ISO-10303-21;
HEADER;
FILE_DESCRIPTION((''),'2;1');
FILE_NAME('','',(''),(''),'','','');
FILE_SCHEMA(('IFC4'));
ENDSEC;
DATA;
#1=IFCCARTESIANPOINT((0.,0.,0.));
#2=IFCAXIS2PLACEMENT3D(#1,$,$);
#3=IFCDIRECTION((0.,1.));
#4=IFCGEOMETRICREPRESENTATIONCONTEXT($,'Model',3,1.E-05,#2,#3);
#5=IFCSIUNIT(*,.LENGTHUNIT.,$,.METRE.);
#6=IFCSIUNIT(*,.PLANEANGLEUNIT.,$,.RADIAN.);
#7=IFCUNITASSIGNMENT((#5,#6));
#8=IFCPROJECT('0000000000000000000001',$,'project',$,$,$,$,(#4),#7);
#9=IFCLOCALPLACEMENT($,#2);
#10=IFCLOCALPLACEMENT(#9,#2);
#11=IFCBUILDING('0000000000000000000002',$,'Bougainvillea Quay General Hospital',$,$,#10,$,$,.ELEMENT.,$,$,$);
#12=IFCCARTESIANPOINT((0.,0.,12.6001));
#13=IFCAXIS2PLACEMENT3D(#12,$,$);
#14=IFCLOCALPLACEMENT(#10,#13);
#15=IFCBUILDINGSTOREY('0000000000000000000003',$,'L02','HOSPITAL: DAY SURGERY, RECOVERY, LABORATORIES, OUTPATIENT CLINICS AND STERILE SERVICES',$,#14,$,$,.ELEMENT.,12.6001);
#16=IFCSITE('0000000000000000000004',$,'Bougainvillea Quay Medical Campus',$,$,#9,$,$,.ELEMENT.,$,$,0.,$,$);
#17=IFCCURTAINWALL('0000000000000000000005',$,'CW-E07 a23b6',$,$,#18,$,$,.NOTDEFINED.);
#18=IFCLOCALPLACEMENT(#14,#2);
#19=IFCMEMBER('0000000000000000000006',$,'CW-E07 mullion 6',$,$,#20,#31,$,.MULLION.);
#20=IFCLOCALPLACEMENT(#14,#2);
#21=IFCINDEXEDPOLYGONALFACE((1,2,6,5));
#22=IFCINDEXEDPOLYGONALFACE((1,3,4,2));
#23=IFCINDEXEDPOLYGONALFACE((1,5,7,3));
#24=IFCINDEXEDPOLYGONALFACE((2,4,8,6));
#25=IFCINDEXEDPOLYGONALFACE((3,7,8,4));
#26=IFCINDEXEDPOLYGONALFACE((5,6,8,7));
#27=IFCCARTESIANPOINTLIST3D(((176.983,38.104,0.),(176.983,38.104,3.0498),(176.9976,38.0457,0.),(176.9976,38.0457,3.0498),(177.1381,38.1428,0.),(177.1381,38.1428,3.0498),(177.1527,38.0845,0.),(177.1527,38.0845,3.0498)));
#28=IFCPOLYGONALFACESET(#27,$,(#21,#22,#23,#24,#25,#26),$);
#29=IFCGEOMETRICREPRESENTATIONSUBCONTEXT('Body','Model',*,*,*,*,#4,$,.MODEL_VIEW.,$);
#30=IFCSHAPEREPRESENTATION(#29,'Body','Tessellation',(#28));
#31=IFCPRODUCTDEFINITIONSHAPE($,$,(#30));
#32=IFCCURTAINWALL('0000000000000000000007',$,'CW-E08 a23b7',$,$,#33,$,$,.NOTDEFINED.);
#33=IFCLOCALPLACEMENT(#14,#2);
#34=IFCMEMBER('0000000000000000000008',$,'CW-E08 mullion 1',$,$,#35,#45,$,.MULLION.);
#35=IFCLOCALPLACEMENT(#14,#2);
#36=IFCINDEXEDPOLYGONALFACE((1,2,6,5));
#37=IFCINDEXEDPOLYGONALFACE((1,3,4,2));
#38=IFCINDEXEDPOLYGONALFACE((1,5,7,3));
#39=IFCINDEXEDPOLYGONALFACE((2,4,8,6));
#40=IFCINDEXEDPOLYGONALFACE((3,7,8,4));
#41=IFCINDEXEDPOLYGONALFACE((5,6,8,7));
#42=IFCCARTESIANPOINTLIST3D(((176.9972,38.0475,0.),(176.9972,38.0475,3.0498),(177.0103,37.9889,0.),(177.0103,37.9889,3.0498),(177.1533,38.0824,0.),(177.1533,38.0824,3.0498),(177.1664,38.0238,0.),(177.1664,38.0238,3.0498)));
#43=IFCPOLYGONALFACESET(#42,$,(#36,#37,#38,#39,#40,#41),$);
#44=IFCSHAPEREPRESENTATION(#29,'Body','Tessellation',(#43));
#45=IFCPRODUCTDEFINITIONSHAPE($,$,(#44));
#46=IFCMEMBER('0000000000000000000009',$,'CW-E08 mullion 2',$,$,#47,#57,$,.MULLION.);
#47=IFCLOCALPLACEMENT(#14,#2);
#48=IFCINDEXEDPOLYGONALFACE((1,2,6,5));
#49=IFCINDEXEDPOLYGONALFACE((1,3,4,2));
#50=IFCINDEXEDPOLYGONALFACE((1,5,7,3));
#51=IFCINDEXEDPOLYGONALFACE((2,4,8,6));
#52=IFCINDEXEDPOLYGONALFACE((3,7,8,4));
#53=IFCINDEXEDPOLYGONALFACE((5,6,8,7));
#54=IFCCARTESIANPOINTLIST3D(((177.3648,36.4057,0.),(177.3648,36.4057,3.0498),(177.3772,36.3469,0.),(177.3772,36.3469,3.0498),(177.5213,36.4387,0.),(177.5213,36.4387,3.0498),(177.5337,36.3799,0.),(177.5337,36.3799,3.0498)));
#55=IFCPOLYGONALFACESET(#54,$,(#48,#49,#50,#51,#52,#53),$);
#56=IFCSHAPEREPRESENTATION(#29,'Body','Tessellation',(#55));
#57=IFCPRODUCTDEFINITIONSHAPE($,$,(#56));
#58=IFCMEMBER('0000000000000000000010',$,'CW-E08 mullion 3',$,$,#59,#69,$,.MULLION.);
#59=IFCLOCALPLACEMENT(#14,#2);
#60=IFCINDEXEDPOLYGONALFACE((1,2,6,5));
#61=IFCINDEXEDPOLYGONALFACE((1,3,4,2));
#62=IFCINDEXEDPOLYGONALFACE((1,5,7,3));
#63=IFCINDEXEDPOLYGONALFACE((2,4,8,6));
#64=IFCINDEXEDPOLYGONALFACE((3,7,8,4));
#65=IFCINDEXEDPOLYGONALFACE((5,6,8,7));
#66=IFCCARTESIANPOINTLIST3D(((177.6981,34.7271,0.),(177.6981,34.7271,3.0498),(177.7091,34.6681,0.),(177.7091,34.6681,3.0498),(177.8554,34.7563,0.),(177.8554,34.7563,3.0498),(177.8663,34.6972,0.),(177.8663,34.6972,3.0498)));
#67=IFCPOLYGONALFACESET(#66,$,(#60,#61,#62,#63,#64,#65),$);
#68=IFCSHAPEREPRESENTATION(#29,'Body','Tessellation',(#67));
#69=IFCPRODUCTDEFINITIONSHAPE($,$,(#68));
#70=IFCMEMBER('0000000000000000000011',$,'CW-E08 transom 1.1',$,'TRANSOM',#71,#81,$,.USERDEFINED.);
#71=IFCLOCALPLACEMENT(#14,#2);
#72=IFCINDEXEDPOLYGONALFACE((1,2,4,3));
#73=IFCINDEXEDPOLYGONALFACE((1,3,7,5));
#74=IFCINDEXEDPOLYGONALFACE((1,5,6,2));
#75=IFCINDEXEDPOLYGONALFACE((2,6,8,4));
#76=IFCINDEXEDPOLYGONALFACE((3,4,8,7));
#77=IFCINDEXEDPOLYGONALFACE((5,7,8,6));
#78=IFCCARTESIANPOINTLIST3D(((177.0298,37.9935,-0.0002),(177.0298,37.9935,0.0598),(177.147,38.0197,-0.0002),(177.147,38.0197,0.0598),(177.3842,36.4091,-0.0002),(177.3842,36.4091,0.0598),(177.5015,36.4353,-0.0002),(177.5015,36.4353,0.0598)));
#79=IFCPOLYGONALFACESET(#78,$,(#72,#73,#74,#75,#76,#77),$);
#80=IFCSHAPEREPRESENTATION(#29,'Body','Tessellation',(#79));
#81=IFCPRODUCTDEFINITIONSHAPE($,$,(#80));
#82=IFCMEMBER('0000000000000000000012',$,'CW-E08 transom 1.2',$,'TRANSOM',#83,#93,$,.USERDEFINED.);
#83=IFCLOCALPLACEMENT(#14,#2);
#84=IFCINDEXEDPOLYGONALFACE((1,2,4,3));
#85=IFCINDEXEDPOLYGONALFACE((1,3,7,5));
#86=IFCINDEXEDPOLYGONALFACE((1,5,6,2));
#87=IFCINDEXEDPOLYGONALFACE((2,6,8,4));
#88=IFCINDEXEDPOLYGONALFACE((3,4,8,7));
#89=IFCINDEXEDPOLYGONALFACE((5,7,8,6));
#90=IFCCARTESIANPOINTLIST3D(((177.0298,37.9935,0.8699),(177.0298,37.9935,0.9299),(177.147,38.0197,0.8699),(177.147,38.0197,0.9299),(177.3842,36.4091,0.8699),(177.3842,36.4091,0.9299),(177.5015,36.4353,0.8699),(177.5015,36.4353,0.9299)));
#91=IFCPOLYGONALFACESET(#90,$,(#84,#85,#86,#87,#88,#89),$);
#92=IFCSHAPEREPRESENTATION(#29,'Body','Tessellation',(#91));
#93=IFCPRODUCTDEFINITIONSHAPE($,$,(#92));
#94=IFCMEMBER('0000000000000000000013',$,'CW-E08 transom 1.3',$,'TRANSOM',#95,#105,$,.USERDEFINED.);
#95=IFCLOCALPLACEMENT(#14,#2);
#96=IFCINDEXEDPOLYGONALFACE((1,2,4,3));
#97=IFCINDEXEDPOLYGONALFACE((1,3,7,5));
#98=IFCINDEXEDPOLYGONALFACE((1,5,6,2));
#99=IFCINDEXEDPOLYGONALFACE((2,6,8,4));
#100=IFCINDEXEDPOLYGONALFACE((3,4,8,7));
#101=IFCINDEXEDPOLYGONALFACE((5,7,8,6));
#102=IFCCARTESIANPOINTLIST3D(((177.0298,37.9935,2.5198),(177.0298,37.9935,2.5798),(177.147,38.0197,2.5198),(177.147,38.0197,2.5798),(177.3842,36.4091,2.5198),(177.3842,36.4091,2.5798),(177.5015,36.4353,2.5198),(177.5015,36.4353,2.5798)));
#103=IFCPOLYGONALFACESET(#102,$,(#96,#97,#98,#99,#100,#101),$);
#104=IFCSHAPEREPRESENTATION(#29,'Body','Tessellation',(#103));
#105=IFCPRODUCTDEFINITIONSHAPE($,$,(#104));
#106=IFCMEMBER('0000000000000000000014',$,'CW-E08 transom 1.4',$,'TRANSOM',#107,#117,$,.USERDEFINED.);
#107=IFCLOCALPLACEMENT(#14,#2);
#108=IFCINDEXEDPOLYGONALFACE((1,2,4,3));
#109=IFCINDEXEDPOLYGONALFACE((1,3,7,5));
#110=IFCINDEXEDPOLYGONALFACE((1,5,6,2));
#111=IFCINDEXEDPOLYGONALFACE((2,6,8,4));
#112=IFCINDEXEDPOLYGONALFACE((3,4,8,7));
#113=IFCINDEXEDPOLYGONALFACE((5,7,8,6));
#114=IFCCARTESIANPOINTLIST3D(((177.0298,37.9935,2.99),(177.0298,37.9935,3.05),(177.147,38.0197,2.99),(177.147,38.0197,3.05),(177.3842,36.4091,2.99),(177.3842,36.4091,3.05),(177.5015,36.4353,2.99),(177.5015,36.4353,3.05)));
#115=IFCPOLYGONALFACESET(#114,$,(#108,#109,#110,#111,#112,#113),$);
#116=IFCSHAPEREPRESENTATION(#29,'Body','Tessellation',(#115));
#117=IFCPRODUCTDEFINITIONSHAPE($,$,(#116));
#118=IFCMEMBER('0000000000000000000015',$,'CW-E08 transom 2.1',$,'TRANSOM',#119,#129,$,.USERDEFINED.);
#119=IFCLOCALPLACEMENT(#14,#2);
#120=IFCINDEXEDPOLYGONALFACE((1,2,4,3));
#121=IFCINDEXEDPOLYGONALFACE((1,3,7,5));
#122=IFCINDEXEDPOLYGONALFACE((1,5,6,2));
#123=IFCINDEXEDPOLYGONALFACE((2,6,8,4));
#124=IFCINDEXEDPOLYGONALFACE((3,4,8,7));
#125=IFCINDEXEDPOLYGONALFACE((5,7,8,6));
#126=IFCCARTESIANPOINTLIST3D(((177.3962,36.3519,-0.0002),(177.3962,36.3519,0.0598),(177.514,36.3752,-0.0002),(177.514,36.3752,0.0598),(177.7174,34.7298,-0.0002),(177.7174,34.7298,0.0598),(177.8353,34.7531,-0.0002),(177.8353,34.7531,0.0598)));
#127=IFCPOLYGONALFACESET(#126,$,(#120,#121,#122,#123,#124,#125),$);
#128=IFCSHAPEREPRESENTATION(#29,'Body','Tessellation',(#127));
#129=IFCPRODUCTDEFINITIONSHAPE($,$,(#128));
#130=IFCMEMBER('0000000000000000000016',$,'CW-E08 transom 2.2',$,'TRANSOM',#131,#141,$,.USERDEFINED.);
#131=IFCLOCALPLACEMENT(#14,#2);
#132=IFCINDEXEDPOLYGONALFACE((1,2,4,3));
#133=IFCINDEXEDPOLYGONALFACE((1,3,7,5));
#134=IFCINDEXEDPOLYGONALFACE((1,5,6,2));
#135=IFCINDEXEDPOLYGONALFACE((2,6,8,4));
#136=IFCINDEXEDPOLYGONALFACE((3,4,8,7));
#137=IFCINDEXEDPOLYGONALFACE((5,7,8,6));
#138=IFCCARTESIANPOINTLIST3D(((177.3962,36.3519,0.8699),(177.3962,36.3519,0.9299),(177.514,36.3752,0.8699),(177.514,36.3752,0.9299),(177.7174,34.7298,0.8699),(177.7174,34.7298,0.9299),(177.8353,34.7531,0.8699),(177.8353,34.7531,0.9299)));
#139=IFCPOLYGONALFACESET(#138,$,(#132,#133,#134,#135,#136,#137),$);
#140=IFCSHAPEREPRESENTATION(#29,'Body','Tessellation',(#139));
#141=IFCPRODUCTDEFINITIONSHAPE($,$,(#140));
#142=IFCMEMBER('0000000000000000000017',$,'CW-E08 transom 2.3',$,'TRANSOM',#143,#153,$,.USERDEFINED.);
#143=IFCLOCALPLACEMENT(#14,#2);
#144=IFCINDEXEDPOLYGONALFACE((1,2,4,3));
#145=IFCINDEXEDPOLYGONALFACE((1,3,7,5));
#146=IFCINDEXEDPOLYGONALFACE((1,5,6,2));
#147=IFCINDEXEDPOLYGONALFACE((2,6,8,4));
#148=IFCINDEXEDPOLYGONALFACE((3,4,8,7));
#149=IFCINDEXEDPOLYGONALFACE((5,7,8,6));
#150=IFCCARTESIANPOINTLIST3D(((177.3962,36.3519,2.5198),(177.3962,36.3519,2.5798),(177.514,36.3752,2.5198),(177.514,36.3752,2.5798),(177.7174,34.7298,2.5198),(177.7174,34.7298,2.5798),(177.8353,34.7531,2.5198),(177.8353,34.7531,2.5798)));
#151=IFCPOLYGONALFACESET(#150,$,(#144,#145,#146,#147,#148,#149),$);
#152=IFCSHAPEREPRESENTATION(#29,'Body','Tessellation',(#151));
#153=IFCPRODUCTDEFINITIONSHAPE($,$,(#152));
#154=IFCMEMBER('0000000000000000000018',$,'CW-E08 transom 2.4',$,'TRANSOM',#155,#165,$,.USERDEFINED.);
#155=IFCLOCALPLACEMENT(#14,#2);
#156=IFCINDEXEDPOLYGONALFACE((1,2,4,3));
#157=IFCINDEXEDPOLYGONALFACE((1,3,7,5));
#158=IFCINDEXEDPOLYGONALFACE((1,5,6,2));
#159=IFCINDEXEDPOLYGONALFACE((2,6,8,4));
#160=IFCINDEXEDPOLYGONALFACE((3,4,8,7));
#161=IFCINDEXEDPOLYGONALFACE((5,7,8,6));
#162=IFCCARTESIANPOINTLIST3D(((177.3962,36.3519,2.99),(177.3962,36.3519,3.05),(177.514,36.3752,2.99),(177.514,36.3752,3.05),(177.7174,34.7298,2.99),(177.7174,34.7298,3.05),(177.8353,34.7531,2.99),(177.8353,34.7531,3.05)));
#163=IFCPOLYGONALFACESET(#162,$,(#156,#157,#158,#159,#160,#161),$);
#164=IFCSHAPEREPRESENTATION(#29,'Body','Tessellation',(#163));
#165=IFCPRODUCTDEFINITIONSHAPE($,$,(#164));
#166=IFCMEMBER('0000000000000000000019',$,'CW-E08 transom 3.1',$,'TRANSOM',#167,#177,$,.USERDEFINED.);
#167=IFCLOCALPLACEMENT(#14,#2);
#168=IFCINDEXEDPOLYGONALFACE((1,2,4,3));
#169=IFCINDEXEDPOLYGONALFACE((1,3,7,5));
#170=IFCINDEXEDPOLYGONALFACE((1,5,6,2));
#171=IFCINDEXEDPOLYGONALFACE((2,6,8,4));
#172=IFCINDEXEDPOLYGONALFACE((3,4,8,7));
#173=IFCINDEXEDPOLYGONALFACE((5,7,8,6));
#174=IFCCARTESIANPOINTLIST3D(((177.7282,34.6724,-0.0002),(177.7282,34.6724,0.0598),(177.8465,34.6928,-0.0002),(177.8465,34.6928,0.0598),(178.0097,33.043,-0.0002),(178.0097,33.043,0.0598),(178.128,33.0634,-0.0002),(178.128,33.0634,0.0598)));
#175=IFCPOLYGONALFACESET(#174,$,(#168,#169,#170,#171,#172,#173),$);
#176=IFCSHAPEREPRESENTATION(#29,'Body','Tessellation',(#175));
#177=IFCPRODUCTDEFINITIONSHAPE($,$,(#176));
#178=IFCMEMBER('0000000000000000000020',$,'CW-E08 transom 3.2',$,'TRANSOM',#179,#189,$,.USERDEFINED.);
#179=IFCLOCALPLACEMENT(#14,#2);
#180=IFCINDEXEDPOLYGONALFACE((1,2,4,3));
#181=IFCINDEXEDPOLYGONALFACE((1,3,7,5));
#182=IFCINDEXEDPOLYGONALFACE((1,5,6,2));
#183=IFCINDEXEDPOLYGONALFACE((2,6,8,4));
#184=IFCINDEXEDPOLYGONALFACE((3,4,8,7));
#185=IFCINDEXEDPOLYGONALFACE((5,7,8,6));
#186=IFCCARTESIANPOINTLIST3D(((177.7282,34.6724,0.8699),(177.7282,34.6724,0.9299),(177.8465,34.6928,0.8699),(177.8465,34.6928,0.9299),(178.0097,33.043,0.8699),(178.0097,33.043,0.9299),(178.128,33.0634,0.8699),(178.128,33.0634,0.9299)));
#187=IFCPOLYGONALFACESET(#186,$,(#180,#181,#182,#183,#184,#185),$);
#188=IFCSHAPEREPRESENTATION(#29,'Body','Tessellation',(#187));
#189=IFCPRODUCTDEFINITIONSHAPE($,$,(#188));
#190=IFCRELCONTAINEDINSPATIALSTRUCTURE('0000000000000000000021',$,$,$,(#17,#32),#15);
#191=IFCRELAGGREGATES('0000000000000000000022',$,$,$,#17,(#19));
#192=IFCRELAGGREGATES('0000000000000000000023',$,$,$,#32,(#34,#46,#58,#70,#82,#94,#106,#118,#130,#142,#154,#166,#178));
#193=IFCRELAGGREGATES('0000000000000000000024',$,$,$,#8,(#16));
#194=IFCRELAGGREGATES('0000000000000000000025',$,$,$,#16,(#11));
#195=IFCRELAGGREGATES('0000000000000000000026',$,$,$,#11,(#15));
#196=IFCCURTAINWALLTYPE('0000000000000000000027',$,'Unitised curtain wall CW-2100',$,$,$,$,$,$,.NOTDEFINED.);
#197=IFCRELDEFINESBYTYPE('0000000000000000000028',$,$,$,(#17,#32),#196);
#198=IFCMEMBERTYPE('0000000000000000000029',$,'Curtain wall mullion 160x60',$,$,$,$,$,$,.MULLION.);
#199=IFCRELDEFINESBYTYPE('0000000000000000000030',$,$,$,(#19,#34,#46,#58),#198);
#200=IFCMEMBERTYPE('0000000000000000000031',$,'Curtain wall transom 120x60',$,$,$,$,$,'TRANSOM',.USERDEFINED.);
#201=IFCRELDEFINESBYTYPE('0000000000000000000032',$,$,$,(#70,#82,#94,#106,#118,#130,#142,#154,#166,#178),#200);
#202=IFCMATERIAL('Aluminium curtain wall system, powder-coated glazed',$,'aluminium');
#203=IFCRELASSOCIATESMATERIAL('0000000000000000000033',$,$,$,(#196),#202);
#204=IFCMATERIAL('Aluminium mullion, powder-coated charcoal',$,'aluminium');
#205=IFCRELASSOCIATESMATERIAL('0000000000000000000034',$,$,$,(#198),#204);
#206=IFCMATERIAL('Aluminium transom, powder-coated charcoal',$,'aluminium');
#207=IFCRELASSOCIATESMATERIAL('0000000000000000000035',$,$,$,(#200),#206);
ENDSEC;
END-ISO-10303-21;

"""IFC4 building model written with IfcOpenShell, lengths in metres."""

from ifc_helpers import new_model, si_unit, direction, frame, origin, origin_2d, place, context, subcontext, project, spatial, rectangle, extrude, material, material_profile, profile_set, type_object, element, aggregate, save


model = new_model("IFC4")

# Units and contexts
model_context = context("Model", 3, precision=1e-05, world=origin(), true_north=direction((0.0, 1.0)))
body_context = subcontext(model_context, "Body", "Model", "MODEL_VIEW")
ifc_project = project(units=[si_unit("LENGTHUNIT", "METRE"), si_unit("PLANEANGLEUNIT", "RADIAN")], contexts=[model_context])

# Site, building, storey
site_placement = place(None, origin())
site = spatial("IfcSite", under=ifc_project, at=site_placement, Name="Bougainvillea Quay Medical Campus", CompositionType="ELEMENT", RefElevation=0.0)
building_placement = place(site_placement, origin())
building = spatial("IfcBuilding", under=site, at=building_placement, Name="Bougainvillea Quay General Hospital", CompositionType="ELEMENT")
storey_placement = place(building_placement, frame((0.0, 0.0, 12.6001)))
storey = spatial("IfcBuildingStorey", under=building, at=storey_placement, Name="L02", Description="HOSPITAL: DAY SURGERY, RECOVERY, LABORATORIES, OUTPATIENT CLINICS AND STERILE SERVICES", CompositionType="ELEMENT", Elevation=12.6001)

# Curtain wall, member
ifc_material_1 = material(Name="Aluminium curtain wall system, powder-coated glazed", Category="aluminium")
curtain_wall_type = type_object("IfcCurtainWallType", Name="Unitised curtain wall CW-2100", PredefinedType="NOTDEFINED", material=ifc_material_1)
curtain_wall_1_placement = place(storey_placement, origin())
curtain_wall_1 = element("IfcCurtainWall", 1, at=curtain_wall_1_placement, inside=storey, type_object=curtain_wall_type, Name="CW-E07 a23b6", PredefinedType="NOTDEFINED")
ifc_material_2 = material(Name="Aluminium mullion, powder-coated charcoal", Category="aluminium")
ifc_material_profile_1 = material_profile(ifc_material_2, rectangle(XDim=0.1599, YDim=0.0601, at=origin_2d()))
ifc_profile_set_1 = profile_set([ifc_material_profile_1], Name="Aluminium mullion, powder-coated charcoal")
member_type_1 = type_object("IfcMemberType", Name="Curtain wall mullion 160x60", PredefinedType="MULLION", material=ifc_profile_set_1)
member_1_placement = place(storey_placement, frame((177.0679, 38.0942, 0.0), z_axis=(0.0, 0.0, 1.0), x_axis=(0.970096, 0.242721, 0.0)))
member_1 = element("IfcMember", 2, at=member_1_placement, type_object=member_type_1, Name="CW-E07 mullion 6", PredefinedType="MULLION", context=body_context, shape_type="SweptSolid", body=[
    extrude(rectangle(XDim=0.1599, YDim=0.0601, at=origin_2d()), origin(), (0.0, 0.0, 1.0), 3.0498),
])
aggregate(curtain_wall_1, [member_1])

# Curtain wall, members
curtain_wall_2_placement = place(storey_placement, origin())
curtain_wall_2 = element("IfcCurtainWall", 3, at=curtain_wall_2_placement, inside=storey, type_object=curtain_wall_type, Name="CW-E08 a23b7", PredefinedType="NOTDEFINED")
member_2_placement = place(storey_placement, frame((177.0818, 38.0356, 0.0), z_axis=(0.0, 0.0, 1.0), x_axis=(0.97587, 0.218351, 0.0)))
member_2 = element("IfcMember", 4, at=member_2_placement, type_object=member_type_1, Name="CW-E08 mullion 1", PredefinedType="MULLION", context=body_context, shape_type="SweptSolid", body=[
    extrude(rectangle(XDim=0.1599, YDim=0.0601, at=origin_2d()), origin(), (0.0, 0.0, 1.0), 3.0498),
])
member_3_placement = place(storey_placement, frame((177.4492, 36.3928, 0.0), z_axis=(0.0, 0.0, 1.0), x_axis=(0.978479, 0.206349, 0.0)))
member_3 = element("IfcMember", 5, at=member_3_placement, type_object=member_type_1, Name="CW-E08 mullion 2", PredefinedType="MULLION", context=body_context, shape_type="SweptSolid", body=[
    extrude(rectangle(XDim=0.1599, YDim=0.0601, at=origin_2d()), origin(), (0.0, 0.0, 1.0), 3.0498),
])
member_4_placement = place(storey_placement, frame((177.7822, 34.7122, 0.0), z_axis=(0.0, 0.0, 1.0), x_axis=(0.983252, 0.182251, 0.0)))
member_4 = element("IfcMember", 6, at=member_4_placement, type_object=member_type_1, Name="CW-E08 mullion 3", PredefinedType="MULLION", context=body_context, shape_type="SweptSolid", body=[
    extrude(rectangle(XDim=0.1599, YDim=0.0601, at=origin_2d()), origin(), (0.0, 0.0, 1.0), 3.0498),
])
ifc_material_3 = material(Name="Aluminium transom, powder-coated charcoal", Category="aluminium")
ifc_material_profile_2 = material_profile(ifc_material_3, rectangle(XDim=0.1201, YDim=0.0601, at=origin_2d()))
ifc_profile_set_2 = profile_set([ifc_material_profile_2], Name="Aluminium transom, powder-coated charcoal")
member_type_2 = type_object("IfcMemberType", Name="Curtain wall transom 120x60", ElementType="TRANSOM", PredefinedType="USERDEFINED", material=ifc_profile_set_2)
member_5_placement = place(storey_placement, frame((177.0884, 38.0066, 0.0298), z_axis=(0.218331, -0.975875, 0.0), x_axis=(0.975875, 0.218331, 0.0)))
member_5 = element("IfcMember", 7, at=member_5_placement, type_object=member_type_2, Name="CW-E08 transom 1.1", ObjectType="TRANSOM", PredefinedType="USERDEFINED", context=body_context, shape_type="SweptSolid", body=[
    extrude(rectangle(XDim=0.1201, YDim=0.0601, at=origin_2d()), origin(), (0.0, 0.0, 1.0), 1.6235),
])
member_6_placement = place(storey_placement, frame((177.0884, 38.0066, 0.8999), z_axis=(0.218331, -0.975875, 0.0), x_axis=(0.975875, 0.218331, 0.0)))
member_6 = element("IfcMember", 8, at=member_6_placement, type_object=member_type_2, Name="CW-E08 transom 1.2", ObjectType="TRANSOM", PredefinedType="USERDEFINED", context=body_context, shape_type="SweptSolid", body=[
    extrude(rectangle(XDim=0.1201, YDim=0.0601, at=origin_2d()), origin(), (0.0, 0.0, 1.0), 1.6235),
])
member_7_placement = place(storey_placement, frame((177.0884, 38.0066, 2.5498), z_axis=(0.218331, -0.975875, 0.0), x_axis=(0.975875, 0.218331, 0.0)))
member_7 = element("IfcMember", 9, at=member_7_placement, type_object=member_type_2, Name="CW-E08 transom 1.3", ObjectType="TRANSOM", PredefinedType="USERDEFINED", context=body_context, shape_type="SweptSolid", body=[
    extrude(rectangle(XDim=0.1201, YDim=0.0601, at=origin_2d()), origin(), (0.0, 0.0, 1.0), 1.6235),
])
member_8_placement = place(storey_placement, frame((177.0884, 38.0066, 3.02), z_axis=(0.218331, -0.975875, 0.0), x_axis=(0.975875, 0.218331, 0.0)))
member_8 = element("IfcMember", 10, at=member_8_placement, type_object=member_type_2, Name="CW-E08 transom 1.4", ObjectType="TRANSOM", PredefinedType="USERDEFINED", context=body_context, shape_type="SweptSolid", body=[
    extrude(rectangle(XDim=0.1201, YDim=0.0601, at=origin_2d()), origin(), (0.0, 0.0, 1.0), 1.6235),
])
member_9_placement = place(storey_placement, frame((177.4551, 36.3635, 0.0298), z_axis=(0.194299, -0.980942, 0.0), x_axis=(0.980942, 0.194299, 0.0)))
member_9 = element("IfcMember", 11, at=member_9_placement, type_object=member_type_2, Name="CW-E08 transom 2.1", ObjectType="TRANSOM", PredefinedType="USERDEFINED", context=body_context, shape_type="SweptSolid", body=[
    extrude(rectangle(XDim=0.1201, YDim=0.0601, at=origin_2d()), origin(), (0.0, 0.0, 1.0), 1.6536),
])
member_10_placement = place(storey_placement, frame((177.4551, 36.3635, 0.8999), z_axis=(0.194299, -0.980942, 0.0), x_axis=(0.980942, 0.194299, 0.0)))
member_10 = element("IfcMember", 12, at=member_10_placement, type_object=member_type_2, Name="CW-E08 transom 2.2", ObjectType="TRANSOM", PredefinedType="USERDEFINED", context=body_context, shape_type="SweptSolid", body=[
    extrude(rectangle(XDim=0.1201, YDim=0.0601, at=origin_2d()), origin(), (0.0, 0.0, 1.0), 1.6536),
])
member_11_placement = place(storey_placement, frame((177.4551, 36.3635, 2.5498), z_axis=(0.194299, -0.980942, 0.0), x_axis=(0.980942, 0.194299, 0.0)))
member_11 = element("IfcMember", 13, at=member_11_placement, type_object=member_type_2, Name="CW-E08 transom 2.3", ObjectType="TRANSOM", PredefinedType="USERDEFINED", context=body_context, shape_type="SweptSolid", body=[
    extrude(rectangle(XDim=0.1201, YDim=0.0601, at=origin_2d()), origin(), (0.0, 0.0, 1.0), 1.6536),
])
member_12_placement = place(storey_placement, frame((177.4551, 36.3635, 3.02), z_axis=(0.194299, -0.980942, 0.0), x_axis=(0.980942, 0.194299, 0.0)))
member_12 = element("IfcMember", 14, at=member_12_placement, type_object=member_type_2, Name="CW-E08 transom 2.4", ObjectType="TRANSOM", PredefinedType="USERDEFINED", context=body_context, shape_type="SweptSolid", body=[
    extrude(rectangle(XDim=0.1201, YDim=0.0601, at=origin_2d()), origin(), (0.0, 0.0, 1.0), 1.6536),
])
member_13_placement = place(storey_placement, frame((177.7874, 34.6826, 0.0298), z_axis=(0.170238, -0.985403, 0.0), x_axis=(0.985403, 0.170238, 0.0)))
member_13 = element("IfcMember", 15, at=member_13_placement, type_object=member_type_2, Name="CW-E08 transom 3.1", ObjectType="TRANSOM", PredefinedType="USERDEFINED", context=body_context, shape_type="SweptSolid", body=[
    extrude(rectangle(XDim=0.1201, YDim=0.0601, at=origin_2d()), origin(), (0.0, 0.0, 1.0), 1.6536),
])
member_14_placement = place(storey_placement, frame((177.7874, 34.6826, 0.8999), z_axis=(0.170238, -0.985403, 0.0), x_axis=(0.985403, 0.170238, 0.0)))
member_14 = element("IfcMember", 16, at=member_14_placement, type_object=member_type_2, Name="CW-E08 transom 3.2", ObjectType="TRANSOM", PredefinedType="USERDEFINED", context=body_context, shape_type="SweptSolid", body=[
    extrude(rectangle(XDim=0.1201, YDim=0.0601, at=origin_2d()), origin(), (0.0, 0.0, 1.0), 1.6536),
])
aggregate(curtain_wall_2, [member_2, member_3, member_4, member_5, member_6, member_7, member_8, member_9, member_10, member_11, member_12, member_13, member_14])

save(model, "model.ifc")
